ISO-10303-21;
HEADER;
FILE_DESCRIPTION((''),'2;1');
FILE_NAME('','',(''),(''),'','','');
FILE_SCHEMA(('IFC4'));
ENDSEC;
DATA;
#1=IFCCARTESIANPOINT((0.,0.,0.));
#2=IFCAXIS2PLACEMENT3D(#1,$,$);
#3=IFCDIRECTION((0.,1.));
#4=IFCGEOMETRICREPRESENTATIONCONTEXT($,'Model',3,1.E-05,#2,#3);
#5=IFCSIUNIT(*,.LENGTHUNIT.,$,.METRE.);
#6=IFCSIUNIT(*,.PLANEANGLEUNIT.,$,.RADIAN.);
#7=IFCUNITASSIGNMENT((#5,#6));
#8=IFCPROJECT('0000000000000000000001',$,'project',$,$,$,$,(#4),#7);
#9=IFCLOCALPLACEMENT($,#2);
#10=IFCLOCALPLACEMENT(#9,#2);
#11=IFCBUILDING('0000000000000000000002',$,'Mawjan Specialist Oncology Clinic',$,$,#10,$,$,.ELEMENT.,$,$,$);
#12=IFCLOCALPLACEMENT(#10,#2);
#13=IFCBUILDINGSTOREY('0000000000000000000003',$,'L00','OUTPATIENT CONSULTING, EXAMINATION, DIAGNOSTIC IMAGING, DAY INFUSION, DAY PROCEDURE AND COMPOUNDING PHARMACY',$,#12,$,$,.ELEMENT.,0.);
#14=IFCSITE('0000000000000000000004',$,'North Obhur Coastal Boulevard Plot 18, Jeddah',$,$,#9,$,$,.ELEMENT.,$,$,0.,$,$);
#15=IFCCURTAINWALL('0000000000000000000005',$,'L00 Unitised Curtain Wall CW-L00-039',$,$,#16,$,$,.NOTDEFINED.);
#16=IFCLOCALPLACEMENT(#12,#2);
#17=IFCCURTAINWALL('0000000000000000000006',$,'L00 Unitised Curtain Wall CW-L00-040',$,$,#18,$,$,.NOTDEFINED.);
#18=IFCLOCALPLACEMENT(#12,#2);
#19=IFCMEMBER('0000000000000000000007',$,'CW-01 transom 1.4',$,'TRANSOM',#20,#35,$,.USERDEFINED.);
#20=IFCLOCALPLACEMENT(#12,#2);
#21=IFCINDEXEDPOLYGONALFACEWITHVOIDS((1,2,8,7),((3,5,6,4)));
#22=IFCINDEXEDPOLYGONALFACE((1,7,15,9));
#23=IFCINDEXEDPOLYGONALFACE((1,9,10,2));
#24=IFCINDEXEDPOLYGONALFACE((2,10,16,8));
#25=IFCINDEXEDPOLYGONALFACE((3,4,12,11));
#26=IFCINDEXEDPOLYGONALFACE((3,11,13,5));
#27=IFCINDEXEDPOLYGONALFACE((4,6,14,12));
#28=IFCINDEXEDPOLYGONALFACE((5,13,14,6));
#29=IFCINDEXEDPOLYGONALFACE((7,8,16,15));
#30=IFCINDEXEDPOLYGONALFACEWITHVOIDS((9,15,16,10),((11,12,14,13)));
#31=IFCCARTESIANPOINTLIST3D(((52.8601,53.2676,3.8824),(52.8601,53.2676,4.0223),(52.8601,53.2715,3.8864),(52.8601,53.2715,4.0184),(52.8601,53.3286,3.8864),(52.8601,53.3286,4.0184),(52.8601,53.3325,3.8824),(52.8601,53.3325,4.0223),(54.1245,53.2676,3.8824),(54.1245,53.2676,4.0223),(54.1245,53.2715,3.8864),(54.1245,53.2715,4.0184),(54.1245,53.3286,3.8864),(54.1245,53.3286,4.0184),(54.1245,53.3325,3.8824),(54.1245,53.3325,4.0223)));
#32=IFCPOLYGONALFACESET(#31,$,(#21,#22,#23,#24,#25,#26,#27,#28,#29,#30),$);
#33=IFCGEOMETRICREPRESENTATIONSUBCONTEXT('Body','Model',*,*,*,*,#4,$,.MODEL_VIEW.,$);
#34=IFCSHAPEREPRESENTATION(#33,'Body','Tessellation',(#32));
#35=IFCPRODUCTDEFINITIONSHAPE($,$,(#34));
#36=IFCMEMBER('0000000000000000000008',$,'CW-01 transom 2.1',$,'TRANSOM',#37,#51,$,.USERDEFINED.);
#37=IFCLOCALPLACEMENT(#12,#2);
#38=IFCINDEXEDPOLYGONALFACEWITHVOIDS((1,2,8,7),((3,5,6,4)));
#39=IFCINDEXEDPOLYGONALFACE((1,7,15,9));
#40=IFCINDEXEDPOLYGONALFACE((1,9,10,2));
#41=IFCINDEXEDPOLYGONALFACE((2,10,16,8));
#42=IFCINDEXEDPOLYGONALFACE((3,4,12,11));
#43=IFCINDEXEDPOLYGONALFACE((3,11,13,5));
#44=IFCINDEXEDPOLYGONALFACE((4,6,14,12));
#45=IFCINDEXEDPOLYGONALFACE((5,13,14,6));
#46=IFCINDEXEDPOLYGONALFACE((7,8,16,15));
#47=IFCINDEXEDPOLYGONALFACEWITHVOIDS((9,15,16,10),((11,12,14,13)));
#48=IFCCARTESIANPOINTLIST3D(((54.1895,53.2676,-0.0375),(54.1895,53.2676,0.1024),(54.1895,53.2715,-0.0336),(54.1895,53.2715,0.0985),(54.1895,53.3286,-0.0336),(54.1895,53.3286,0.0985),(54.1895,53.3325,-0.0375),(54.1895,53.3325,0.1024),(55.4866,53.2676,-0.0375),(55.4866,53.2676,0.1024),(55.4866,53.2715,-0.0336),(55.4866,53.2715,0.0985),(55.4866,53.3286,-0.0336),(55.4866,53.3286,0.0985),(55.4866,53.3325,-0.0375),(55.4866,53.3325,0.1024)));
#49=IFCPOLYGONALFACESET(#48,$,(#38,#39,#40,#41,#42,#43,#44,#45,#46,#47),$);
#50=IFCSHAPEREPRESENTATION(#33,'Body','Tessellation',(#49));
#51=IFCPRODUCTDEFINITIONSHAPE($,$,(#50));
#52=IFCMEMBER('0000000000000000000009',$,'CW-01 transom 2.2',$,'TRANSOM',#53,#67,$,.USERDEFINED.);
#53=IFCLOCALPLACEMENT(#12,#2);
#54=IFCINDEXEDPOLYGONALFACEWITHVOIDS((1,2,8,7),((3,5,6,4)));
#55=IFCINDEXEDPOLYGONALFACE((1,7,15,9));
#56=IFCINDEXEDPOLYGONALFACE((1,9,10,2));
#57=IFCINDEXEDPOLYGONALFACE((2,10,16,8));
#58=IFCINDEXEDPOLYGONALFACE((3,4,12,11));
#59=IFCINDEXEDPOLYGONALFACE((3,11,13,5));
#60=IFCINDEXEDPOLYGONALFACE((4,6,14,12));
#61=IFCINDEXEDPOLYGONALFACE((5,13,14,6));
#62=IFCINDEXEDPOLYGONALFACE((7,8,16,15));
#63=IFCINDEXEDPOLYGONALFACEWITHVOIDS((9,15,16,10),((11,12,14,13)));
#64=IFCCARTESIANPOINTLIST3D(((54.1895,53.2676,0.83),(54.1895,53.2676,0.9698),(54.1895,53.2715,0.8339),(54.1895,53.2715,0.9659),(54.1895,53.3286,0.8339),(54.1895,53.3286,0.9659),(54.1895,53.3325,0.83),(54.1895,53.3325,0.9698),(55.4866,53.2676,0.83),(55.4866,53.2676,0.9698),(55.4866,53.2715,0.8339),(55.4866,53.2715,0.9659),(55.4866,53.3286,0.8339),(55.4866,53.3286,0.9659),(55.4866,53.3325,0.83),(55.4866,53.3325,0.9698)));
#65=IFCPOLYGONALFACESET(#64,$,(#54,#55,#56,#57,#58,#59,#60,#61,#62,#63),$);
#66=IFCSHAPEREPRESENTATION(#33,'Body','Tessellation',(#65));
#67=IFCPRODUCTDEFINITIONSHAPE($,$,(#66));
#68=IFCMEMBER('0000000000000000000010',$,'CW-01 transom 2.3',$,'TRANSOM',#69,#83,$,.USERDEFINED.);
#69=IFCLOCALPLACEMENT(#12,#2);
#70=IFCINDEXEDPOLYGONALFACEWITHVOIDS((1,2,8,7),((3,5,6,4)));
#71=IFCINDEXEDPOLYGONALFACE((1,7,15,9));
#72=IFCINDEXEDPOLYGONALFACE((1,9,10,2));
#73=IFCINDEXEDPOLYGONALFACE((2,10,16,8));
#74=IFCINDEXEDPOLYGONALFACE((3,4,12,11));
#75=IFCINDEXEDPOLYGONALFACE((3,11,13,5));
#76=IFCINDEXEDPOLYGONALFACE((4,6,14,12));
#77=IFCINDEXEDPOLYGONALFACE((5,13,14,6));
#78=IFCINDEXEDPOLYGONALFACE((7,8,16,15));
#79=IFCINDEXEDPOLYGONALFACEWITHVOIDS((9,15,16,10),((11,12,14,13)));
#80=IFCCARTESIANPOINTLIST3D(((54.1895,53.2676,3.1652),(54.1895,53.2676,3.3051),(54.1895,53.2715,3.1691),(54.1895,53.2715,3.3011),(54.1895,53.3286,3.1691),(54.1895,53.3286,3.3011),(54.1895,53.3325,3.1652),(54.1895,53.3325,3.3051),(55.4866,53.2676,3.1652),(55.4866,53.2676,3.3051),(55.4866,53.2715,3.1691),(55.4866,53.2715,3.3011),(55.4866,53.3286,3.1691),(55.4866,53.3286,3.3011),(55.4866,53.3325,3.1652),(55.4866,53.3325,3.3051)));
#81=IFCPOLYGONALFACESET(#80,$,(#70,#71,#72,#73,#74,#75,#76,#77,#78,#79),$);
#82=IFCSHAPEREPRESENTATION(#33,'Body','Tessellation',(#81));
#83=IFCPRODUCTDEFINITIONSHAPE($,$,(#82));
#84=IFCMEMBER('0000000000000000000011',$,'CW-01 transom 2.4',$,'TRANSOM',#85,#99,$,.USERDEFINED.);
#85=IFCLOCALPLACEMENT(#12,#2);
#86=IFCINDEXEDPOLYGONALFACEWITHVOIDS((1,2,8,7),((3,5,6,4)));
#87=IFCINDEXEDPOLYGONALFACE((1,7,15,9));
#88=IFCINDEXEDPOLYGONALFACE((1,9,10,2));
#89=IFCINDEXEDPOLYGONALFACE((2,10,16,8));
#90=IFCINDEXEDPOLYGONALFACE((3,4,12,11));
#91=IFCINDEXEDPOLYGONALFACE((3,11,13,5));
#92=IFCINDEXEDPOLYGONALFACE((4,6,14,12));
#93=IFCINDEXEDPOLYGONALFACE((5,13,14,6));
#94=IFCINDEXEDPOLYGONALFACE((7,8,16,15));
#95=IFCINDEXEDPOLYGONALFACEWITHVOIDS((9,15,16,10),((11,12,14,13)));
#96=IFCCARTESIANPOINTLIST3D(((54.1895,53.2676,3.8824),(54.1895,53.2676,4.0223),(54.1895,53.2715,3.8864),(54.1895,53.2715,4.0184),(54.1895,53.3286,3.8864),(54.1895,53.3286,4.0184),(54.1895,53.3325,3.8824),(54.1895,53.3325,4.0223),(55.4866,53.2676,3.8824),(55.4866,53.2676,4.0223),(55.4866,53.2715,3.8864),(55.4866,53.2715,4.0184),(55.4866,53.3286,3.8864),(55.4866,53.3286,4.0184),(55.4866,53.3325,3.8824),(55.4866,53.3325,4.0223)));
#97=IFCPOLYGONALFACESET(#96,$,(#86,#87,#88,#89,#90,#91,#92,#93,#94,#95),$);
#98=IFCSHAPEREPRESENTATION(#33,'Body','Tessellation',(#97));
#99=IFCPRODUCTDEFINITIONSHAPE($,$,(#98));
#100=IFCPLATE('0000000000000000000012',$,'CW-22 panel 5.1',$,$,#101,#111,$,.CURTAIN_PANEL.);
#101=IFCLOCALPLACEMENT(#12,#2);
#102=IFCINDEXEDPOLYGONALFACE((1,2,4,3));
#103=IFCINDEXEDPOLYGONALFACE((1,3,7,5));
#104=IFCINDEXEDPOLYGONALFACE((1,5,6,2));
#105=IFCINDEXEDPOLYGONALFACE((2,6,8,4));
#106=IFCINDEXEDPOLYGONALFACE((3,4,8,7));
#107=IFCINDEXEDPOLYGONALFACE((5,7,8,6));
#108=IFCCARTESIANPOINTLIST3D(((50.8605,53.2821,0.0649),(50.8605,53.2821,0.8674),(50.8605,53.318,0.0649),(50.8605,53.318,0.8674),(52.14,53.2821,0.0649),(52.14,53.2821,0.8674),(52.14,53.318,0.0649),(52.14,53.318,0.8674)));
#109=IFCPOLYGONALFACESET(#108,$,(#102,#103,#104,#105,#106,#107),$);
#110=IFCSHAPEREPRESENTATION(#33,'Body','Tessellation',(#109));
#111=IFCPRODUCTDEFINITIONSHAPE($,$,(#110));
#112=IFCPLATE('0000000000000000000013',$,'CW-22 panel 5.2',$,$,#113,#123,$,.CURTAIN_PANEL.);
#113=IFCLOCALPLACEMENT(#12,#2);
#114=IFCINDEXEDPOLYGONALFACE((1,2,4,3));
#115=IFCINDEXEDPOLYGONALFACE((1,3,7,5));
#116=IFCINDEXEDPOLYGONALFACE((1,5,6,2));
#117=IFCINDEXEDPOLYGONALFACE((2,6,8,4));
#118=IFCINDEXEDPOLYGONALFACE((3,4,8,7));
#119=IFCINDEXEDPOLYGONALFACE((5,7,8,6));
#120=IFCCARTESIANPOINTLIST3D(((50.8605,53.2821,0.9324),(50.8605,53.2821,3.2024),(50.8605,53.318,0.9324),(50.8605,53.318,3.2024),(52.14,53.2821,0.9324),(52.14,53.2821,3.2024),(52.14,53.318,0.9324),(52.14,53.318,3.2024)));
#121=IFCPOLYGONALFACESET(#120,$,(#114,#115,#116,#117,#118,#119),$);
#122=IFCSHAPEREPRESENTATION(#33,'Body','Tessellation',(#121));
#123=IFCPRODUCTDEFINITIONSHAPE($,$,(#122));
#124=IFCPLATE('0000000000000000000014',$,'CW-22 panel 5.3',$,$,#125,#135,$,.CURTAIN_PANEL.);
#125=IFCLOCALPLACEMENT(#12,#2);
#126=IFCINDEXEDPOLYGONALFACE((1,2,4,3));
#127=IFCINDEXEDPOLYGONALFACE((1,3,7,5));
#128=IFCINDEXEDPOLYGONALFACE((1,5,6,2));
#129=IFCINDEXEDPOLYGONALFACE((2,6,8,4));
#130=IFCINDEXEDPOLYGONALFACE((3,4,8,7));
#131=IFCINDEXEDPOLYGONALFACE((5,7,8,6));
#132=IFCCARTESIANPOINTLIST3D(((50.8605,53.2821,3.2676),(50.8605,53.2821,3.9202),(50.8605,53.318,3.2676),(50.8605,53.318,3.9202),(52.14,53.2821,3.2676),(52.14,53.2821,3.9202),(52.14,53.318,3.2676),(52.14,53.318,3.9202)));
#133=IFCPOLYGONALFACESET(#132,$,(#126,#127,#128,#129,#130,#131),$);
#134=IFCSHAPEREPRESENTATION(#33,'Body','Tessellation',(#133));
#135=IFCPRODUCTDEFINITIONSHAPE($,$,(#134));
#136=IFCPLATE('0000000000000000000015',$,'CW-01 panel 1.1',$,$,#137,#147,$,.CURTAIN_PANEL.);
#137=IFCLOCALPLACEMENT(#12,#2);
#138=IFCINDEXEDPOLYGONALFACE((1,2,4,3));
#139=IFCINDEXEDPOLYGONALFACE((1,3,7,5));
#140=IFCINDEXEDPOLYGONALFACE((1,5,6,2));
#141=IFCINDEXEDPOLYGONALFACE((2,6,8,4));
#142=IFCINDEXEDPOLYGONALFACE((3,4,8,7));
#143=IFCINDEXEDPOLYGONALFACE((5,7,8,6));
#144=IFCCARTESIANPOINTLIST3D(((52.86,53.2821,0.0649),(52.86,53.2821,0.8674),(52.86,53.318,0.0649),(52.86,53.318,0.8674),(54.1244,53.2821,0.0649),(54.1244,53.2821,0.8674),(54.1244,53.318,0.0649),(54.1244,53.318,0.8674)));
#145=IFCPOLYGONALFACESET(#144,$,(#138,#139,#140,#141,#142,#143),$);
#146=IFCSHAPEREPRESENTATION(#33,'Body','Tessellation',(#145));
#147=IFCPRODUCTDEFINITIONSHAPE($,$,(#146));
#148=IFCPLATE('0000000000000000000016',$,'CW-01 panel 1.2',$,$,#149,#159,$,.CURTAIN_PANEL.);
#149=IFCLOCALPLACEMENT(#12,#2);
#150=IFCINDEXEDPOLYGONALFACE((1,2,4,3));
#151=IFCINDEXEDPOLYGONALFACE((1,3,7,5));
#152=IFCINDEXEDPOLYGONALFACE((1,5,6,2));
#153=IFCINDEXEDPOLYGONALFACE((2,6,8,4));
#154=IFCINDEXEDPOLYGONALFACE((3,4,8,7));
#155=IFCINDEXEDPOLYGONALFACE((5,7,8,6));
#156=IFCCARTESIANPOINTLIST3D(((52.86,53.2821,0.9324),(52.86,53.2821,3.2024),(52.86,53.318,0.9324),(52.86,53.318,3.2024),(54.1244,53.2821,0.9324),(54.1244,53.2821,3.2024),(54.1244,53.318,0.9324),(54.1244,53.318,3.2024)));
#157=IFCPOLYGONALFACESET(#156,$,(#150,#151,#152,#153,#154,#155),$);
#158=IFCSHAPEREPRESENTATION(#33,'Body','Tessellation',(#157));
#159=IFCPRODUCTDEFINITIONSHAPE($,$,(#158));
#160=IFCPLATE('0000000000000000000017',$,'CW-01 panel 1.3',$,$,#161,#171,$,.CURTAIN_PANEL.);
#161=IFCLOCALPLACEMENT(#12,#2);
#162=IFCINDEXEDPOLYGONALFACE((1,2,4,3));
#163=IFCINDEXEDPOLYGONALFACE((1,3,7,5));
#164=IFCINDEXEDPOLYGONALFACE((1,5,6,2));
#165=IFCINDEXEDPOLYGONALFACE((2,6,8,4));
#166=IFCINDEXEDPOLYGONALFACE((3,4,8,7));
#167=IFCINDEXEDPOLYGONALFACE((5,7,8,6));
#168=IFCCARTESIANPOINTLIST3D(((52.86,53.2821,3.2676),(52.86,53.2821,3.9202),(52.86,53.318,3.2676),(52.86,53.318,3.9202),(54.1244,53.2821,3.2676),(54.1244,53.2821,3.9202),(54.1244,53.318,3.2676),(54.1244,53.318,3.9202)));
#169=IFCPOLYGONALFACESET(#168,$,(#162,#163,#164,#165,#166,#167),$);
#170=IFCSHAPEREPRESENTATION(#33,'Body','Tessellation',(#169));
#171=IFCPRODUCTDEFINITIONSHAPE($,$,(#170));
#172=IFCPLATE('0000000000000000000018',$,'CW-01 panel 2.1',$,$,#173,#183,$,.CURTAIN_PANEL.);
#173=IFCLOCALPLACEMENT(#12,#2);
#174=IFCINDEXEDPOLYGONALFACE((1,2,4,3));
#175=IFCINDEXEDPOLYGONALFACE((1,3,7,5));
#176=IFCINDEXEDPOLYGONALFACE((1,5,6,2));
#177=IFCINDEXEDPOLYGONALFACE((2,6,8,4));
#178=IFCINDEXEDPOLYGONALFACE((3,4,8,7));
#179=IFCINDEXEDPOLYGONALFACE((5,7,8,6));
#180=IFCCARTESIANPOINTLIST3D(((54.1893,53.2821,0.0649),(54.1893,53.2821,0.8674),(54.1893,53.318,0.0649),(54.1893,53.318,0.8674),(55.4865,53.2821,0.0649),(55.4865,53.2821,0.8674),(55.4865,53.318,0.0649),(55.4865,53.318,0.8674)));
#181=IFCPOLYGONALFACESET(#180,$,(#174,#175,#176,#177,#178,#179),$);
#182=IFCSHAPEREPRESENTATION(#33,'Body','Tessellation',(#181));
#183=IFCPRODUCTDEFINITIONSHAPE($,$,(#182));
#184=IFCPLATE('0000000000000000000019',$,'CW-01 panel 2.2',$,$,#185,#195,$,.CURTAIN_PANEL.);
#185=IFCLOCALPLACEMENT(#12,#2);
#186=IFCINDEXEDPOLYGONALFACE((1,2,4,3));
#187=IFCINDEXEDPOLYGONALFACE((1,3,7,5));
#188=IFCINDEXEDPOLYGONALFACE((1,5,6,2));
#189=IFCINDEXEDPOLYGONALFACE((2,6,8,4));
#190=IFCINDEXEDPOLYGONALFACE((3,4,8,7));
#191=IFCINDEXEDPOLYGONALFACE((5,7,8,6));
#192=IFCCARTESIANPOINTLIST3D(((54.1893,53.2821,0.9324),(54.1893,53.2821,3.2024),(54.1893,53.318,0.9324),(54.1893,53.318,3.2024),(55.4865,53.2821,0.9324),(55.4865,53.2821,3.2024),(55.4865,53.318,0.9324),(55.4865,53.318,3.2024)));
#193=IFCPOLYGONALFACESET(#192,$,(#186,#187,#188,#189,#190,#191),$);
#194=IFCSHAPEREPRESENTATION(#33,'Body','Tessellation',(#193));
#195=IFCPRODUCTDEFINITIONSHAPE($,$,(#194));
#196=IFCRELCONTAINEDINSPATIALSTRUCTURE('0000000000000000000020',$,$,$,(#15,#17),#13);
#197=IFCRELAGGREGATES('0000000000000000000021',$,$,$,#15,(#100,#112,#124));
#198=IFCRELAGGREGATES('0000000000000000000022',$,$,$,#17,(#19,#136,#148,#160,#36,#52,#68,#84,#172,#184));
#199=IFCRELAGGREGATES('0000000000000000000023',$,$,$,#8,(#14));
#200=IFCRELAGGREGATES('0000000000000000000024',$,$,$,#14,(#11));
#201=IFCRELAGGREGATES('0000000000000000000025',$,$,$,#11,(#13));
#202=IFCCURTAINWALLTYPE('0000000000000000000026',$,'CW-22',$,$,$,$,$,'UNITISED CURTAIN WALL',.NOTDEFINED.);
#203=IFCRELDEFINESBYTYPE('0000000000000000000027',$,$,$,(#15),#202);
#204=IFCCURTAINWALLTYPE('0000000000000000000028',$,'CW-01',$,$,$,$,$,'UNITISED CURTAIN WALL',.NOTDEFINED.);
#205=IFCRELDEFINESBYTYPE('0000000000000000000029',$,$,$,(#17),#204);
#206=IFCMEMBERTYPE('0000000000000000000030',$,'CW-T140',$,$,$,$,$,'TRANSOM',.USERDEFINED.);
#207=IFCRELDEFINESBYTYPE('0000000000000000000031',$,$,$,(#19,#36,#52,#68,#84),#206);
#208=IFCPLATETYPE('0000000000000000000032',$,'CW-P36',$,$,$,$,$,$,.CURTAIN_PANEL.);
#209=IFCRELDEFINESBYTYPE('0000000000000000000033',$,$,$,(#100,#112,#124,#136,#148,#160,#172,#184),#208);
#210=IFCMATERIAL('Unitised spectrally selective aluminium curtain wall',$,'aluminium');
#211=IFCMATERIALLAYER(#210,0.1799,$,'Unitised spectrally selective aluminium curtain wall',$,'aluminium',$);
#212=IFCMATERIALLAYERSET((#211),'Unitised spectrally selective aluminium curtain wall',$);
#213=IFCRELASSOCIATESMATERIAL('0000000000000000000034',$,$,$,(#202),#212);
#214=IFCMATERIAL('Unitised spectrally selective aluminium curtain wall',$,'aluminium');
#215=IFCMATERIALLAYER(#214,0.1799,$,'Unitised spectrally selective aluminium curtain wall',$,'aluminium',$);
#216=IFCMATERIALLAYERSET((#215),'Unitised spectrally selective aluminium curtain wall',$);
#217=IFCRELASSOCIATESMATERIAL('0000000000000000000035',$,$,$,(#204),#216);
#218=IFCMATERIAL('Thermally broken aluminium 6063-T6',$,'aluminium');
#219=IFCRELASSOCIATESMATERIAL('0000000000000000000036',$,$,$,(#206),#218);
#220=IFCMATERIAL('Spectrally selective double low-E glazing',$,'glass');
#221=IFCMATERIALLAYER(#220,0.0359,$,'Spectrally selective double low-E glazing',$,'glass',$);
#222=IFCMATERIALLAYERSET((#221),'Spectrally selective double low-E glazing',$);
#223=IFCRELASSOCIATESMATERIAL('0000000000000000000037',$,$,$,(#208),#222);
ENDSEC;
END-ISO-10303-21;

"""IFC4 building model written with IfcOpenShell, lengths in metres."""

from ifc_helpers import new_model, si_unit, direction, frame, origin, origin_2d, place, context, subcontext, project, spatial, rectangle, hollow_rectangle, extrude, material, layer, layer_set, material_profile, profile_set, type_object, element, aggregate, save


model = new_model("IFC4")

# Units and contexts
model_context = context("Model", 3, precision=1e-05, world=origin(), true_north=direction((0.0, 1.0)))
body_context = subcontext(model_context, "Body", "Model", "MODEL_VIEW")
ifc_project = project(units=[si_unit("LENGTHUNIT", "METRE"), si_unit("PLANEANGLEUNIT", "RADIAN")], contexts=[model_context])

# Site, building, storey
site_placement = place(None, origin())
site = spatial("IfcSite", under=ifc_project, at=site_placement, Name="North Obhur Coastal Boulevard Plot 18, Jeddah", CompositionType="ELEMENT", RefElevation=0.0)
building_placement = place(site_placement, origin())
building = spatial("IfcBuilding", under=site, at=building_placement, Name="Mawjan Specialist Oncology Clinic", CompositionType="ELEMENT")
storey_placement = place(building_placement, origin())
storey = spatial("IfcBuildingStorey", under=building, at=storey_placement, Name="L00", Description="OUTPATIENT CONSULTING, EXAMINATION, DIAGNOSTIC IMAGING, DAY INFUSION, DAY PROCEDURE AND COMPOUNDING PHARMACY", CompositionType="ELEMENT", Elevation=0.0)

# Curtain wall
ifc_material_1 = material(Name="Unitised spectrally selective aluminium curtain wall", Category="aluminium")
ifc_layer_1 = layer(ifc_material_1, 0.1799, Name="Unitised spectrally selective aluminium curtain wall", Category="aluminium")
ifc_layer_set_1 = layer_set([ifc_layer_1], Name="Unitised spectrally selective aluminium curtain wall")
curtain_wall_type_1 = type_object("IfcCurtainWallType", Name="CW-22", ElementType="UNITISED CURTAIN WALL", PredefinedType="NOTDEFINED", material=ifc_layer_set_1)
curtain_wall_1_placement = place(storey_placement, origin())
curtain_wall_1 = element("IfcCurtainWall", 1, at=curtain_wall_1_placement, inside=storey, type_object=curtain_wall_type_1, Name="L00 Unitised Curtain Wall CW-L00-039", PredefinedType="NOTDEFINED")

# Curtain wall, members
ifc_material_2 = material(Name="Unitised spectrally selective aluminium curtain wall", Category="aluminium")
ifc_layer_2 = layer(ifc_material_2, 0.1799, Name="Unitised spectrally selective aluminium curtain wall", Category="aluminium")
ifc_layer_set_2 = layer_set([ifc_layer_2], Name="Unitised spectrally selective aluminium curtain wall")
curtain_wall_type_2 = type_object("IfcCurtainWallType", Name="CW-01", ElementType="UNITISED CURTAIN WALL", PredefinedType="NOTDEFINED", material=ifc_layer_set_2)
curtain_wall_2_placement = place(storey_placement, origin())
curtain_wall_2 = element("IfcCurtainWall", 2, at=curtain_wall_2_placement, inside=storey, type_object=curtain_wall_type_2, Name="L00 Unitised Curtain Wall CW-L00-040", PredefinedType="NOTDEFINED")
ifc_material_3 = material(Name="Thermally broken aluminium 6063-T6", Category="aluminium")
ifc_material_profile_1 = material_profile(ifc_material_3, hollow_rectangle(XDim=0.0649, YDim=0.1399, WallThickness=0.0039, at=origin_2d()), Name="ALU TRANSOM 140x65x4", Category="aluminium")
ifc_profile_set_1 = profile_set([ifc_material_profile_1], Name="Thermally broken aluminium 6063-T6")
member_type_1 = type_object("IfcMemberType", Name="CW-T140", ElementType="TRANSOM", PredefinedType="USERDEFINED", material=ifc_profile_set_1)
member_1_placement = place(storey_placement, frame((52.8601, 53.3, 3.9524), z_axis=(1.0, 0.0, 0.0), x_axis=(0.0, 1.0, 0.0)))
member_1 = element("IfcMember", 3, at=member_1_placement, type_object=member_type_1, Name="CW-01 transom 1.4", ObjectType="TRANSOM", PredefinedType="USERDEFINED", context=body_context, shape_type="SweptSolid", body=[
    extrude(hollow_rectangle(XDim=0.0649, YDim=0.1399, WallThickness=0.0039, at=origin_2d()), origin(), (0.0, 0.0, 1.0), 1.2644),
])
member_2_placement = place(storey_placement, frame((54.1895, 53.3, 0.0325), z_axis=(1.0, 0.0, 0.0), x_axis=(0.0, 1.0, 0.0)))
member_2 = element("IfcMember", 4, at=member_2_placement, type_object=member_type_1, Name="CW-01 transom 2.1", ObjectType="TRANSOM", PredefinedType="USERDEFINED", context=body_context, shape_type="SweptSolid", body=[
    extrude(hollow_rectangle(XDim=0.0649, YDim=0.1399, WallThickness=0.0039, at=origin_2d()), origin(), (0.0, 0.0, 1.0), 1.2971),
])
member_3_placement = place(storey_placement, frame((54.1895, 53.3, 0.8999), z_axis=(1.0, 0.0, 0.0), x_axis=(0.0, 1.0, 0.0)))
member_3 = element("IfcMember", 5, at=member_3_placement, type_object=member_type_1, Name="CW-01 transom 2.2", ObjectType="TRANSOM", PredefinedType="USERDEFINED", context=body_context, shape_type="SweptSolid", body=[
    extrude(hollow_rectangle(XDim=0.0649, YDim=0.1399, WallThickness=0.0039, at=origin_2d()), origin(), (0.0, 0.0, 1.0), 1.2971),
])
member_4_placement = place(storey_placement, frame((54.1895, 53.3, 3.2351), z_axis=(1.0, 0.0, 0.0), x_axis=(0.0, 1.0, 0.0)))
member_4 = element("IfcMember", 6, at=member_4_placement, type_object=member_type_1, Name="CW-01 transom 2.3", ObjectType="TRANSOM", PredefinedType="USERDEFINED", context=body_context, shape_type="SweptSolid", body=[
    extrude(hollow_rectangle(XDim=0.0649, YDim=0.1399, WallThickness=0.0039, at=origin_2d()), origin(), (0.0, 0.0, 1.0), 1.2971),
])
member_5_placement = place(storey_placement, frame((54.1895, 53.3, 3.9524), z_axis=(1.0, 0.0, 0.0), x_axis=(0.0, 1.0, 0.0)))
member_5 = element("IfcMember", 7, at=member_5_placement, type_object=member_type_1, Name="CW-01 transom 2.4", ObjectType="TRANSOM", PredefinedType="USERDEFINED", context=body_context, shape_type="SweptSolid", body=[
    extrude(hollow_rectangle(XDim=0.0649, YDim=0.1399, WallThickness=0.0039, at=origin_2d()), origin(), (0.0, 0.0, 1.0), 1.2971),
])

# Plates
ifc_material_4 = material(Name="Spectrally selective double low-E glazing", Category="glass")
ifc_layer_3 = layer(ifc_material_4, 0.0359, Name="Spectrally selective double low-E glazing", Category="glass")
ifc_layer_set_3 = layer_set([ifc_layer_3], Name="Spectrally selective double low-E glazing")
plate_type = type_object("IfcPlateType", Name="CW-P36", PredefinedType="CURTAIN_PANEL", material=ifc_layer_set_3)
plate_1_placement = place(storey_placement, frame((51.5002, 53.3, 0.0649), z_axis=(0.0, 0.0, 1.0), x_axis=(1.0, 0.0, 0.0)))
plate_1 = element("IfcPlate", 8, at=plate_1_placement, type_object=plate_type, Name="CW-22 panel 5.1", PredefinedType="CURTAIN_PANEL", context=body_context, shape_type="SweptSolid", body=[
    extrude(rectangle(XDim=1.2795, YDim=0.0359, at=origin_2d()), origin(), (0.0, 0.0, 1.0), 0.8025),
])
plate_2_placement = place(storey_placement, frame((51.5002, 53.3, 0.9324), z_axis=(0.0, 0.0, 1.0), x_axis=(1.0, 0.0, 0.0)))
plate_2 = element("IfcPlate", 9, at=plate_2_placement, type_object=plate_type, Name="CW-22 panel 5.2", PredefinedType="CURTAIN_PANEL", context=body_context, shape_type="SweptSolid", body=[
    extrude(rectangle(XDim=1.2795, YDim=0.0359, at=origin_2d()), origin(), (0.0, 0.0, 1.0), 2.27),
])
plate_3_placement = place(storey_placement, frame((51.5002, 53.3, 3.2676), z_axis=(0.0, 0.0, 1.0), x_axis=(1.0, 0.0, 0.0)))
plate_3 = element("IfcPlate", 10, at=plate_3_placement, type_object=plate_type, Name="CW-22 panel 5.3", PredefinedType="CURTAIN_PANEL", context=body_context, shape_type="SweptSolid", body=[
    extrude(rectangle(XDim=1.2795, YDim=0.0359, at=origin_2d()), origin(), (0.0, 0.0, 1.0), 0.6526),
])
aggregate(curtain_wall_1, [plate_1, plate_2, plate_3])
plate_4_placement = place(storey_placement, frame((53.4922, 53.3, 0.0649), z_axis=(0.0, 0.0, 1.0), x_axis=(1.0, 0.0, 0.0)))
plate_4 = element("IfcPlate", 11, at=plate_4_placement, type_object=plate_type, Name="CW-01 panel 1.1", PredefinedType="CURTAIN_PANEL", context=body_context, shape_type="SweptSolid", body=[
    extrude(rectangle(XDim=1.2644, YDim=0.0359, at=origin_2d()), origin(), (0.0, 0.0, 1.0), 0.8025),
])
plate_5_placement = place(storey_placement, frame((53.4922, 53.3, 0.9324), z_axis=(0.0, 0.0, 1.0), x_axis=(1.0, 0.0, 0.0)))
plate_5 = element("IfcPlate", 12, at=plate_5_placement, type_object=plate_type, Name="CW-01 panel 1.2", PredefinedType="CURTAIN_PANEL", context=body_context, shape_type="SweptSolid", body=[
    extrude(rectangle(XDim=1.2644, YDim=0.0359, at=origin_2d()), origin(), (0.0, 0.0, 1.0), 2.27),
])
plate_6_placement = place(storey_placement, frame((53.4922, 53.3, 3.2676), z_axis=(0.0, 0.0, 1.0), x_axis=(1.0, 0.0, 0.0)))
plate_6 = element("IfcPlate", 13, at=plate_6_placement, type_object=plate_type, Name="CW-01 panel 1.3", PredefinedType="CURTAIN_PANEL", context=body_context, shape_type="SweptSolid", body=[
    extrude(rectangle(XDim=1.2644, YDim=0.0359, at=origin_2d()), origin(), (0.0, 0.0, 1.0), 0.6526),
])
plate_7_placement = place(storey_placement, frame((54.8379, 53.3, 0.0649), z_axis=(0.0, 0.0, 1.0), x_axis=(1.0, 0.0, 0.0)))
plate_7 = element("IfcPlate", 14, at=plate_7_placement, type_object=plate_type, Name="CW-01 panel 2.1", PredefinedType="CURTAIN_PANEL", context=body_context, shape_type="SweptSolid", body=[
    extrude(rectangle(XDim=1.2971, YDim=0.0359, at=origin_2d()), origin(), (0.0, 0.0, 1.0), 0.8025),
])
plate_8_placement = place(storey_placement, frame((54.8379, 53.3, 0.9324), z_axis=(0.0, 0.0, 1.0), x_axis=(1.0, 0.0, 0.0)))
plate_8 = element("IfcPlate", 15, at=plate_8_placement, type_object=plate_type, Name="CW-01 panel 2.2", PredefinedType="CURTAIN_PANEL", context=body_context, shape_type="SweptSolid", body=[
    extrude(rectangle(XDim=1.2971, YDim=0.0359, at=origin_2d()), origin(), (0.0, 0.0, 1.0), 2.27),
])
aggregate(curtain_wall_2, [member_1, plate_4, plate_5, plate_6, member_2, member_3, member_4, member_5, plate_7, plate_8])

save(model, "model.ifc")
